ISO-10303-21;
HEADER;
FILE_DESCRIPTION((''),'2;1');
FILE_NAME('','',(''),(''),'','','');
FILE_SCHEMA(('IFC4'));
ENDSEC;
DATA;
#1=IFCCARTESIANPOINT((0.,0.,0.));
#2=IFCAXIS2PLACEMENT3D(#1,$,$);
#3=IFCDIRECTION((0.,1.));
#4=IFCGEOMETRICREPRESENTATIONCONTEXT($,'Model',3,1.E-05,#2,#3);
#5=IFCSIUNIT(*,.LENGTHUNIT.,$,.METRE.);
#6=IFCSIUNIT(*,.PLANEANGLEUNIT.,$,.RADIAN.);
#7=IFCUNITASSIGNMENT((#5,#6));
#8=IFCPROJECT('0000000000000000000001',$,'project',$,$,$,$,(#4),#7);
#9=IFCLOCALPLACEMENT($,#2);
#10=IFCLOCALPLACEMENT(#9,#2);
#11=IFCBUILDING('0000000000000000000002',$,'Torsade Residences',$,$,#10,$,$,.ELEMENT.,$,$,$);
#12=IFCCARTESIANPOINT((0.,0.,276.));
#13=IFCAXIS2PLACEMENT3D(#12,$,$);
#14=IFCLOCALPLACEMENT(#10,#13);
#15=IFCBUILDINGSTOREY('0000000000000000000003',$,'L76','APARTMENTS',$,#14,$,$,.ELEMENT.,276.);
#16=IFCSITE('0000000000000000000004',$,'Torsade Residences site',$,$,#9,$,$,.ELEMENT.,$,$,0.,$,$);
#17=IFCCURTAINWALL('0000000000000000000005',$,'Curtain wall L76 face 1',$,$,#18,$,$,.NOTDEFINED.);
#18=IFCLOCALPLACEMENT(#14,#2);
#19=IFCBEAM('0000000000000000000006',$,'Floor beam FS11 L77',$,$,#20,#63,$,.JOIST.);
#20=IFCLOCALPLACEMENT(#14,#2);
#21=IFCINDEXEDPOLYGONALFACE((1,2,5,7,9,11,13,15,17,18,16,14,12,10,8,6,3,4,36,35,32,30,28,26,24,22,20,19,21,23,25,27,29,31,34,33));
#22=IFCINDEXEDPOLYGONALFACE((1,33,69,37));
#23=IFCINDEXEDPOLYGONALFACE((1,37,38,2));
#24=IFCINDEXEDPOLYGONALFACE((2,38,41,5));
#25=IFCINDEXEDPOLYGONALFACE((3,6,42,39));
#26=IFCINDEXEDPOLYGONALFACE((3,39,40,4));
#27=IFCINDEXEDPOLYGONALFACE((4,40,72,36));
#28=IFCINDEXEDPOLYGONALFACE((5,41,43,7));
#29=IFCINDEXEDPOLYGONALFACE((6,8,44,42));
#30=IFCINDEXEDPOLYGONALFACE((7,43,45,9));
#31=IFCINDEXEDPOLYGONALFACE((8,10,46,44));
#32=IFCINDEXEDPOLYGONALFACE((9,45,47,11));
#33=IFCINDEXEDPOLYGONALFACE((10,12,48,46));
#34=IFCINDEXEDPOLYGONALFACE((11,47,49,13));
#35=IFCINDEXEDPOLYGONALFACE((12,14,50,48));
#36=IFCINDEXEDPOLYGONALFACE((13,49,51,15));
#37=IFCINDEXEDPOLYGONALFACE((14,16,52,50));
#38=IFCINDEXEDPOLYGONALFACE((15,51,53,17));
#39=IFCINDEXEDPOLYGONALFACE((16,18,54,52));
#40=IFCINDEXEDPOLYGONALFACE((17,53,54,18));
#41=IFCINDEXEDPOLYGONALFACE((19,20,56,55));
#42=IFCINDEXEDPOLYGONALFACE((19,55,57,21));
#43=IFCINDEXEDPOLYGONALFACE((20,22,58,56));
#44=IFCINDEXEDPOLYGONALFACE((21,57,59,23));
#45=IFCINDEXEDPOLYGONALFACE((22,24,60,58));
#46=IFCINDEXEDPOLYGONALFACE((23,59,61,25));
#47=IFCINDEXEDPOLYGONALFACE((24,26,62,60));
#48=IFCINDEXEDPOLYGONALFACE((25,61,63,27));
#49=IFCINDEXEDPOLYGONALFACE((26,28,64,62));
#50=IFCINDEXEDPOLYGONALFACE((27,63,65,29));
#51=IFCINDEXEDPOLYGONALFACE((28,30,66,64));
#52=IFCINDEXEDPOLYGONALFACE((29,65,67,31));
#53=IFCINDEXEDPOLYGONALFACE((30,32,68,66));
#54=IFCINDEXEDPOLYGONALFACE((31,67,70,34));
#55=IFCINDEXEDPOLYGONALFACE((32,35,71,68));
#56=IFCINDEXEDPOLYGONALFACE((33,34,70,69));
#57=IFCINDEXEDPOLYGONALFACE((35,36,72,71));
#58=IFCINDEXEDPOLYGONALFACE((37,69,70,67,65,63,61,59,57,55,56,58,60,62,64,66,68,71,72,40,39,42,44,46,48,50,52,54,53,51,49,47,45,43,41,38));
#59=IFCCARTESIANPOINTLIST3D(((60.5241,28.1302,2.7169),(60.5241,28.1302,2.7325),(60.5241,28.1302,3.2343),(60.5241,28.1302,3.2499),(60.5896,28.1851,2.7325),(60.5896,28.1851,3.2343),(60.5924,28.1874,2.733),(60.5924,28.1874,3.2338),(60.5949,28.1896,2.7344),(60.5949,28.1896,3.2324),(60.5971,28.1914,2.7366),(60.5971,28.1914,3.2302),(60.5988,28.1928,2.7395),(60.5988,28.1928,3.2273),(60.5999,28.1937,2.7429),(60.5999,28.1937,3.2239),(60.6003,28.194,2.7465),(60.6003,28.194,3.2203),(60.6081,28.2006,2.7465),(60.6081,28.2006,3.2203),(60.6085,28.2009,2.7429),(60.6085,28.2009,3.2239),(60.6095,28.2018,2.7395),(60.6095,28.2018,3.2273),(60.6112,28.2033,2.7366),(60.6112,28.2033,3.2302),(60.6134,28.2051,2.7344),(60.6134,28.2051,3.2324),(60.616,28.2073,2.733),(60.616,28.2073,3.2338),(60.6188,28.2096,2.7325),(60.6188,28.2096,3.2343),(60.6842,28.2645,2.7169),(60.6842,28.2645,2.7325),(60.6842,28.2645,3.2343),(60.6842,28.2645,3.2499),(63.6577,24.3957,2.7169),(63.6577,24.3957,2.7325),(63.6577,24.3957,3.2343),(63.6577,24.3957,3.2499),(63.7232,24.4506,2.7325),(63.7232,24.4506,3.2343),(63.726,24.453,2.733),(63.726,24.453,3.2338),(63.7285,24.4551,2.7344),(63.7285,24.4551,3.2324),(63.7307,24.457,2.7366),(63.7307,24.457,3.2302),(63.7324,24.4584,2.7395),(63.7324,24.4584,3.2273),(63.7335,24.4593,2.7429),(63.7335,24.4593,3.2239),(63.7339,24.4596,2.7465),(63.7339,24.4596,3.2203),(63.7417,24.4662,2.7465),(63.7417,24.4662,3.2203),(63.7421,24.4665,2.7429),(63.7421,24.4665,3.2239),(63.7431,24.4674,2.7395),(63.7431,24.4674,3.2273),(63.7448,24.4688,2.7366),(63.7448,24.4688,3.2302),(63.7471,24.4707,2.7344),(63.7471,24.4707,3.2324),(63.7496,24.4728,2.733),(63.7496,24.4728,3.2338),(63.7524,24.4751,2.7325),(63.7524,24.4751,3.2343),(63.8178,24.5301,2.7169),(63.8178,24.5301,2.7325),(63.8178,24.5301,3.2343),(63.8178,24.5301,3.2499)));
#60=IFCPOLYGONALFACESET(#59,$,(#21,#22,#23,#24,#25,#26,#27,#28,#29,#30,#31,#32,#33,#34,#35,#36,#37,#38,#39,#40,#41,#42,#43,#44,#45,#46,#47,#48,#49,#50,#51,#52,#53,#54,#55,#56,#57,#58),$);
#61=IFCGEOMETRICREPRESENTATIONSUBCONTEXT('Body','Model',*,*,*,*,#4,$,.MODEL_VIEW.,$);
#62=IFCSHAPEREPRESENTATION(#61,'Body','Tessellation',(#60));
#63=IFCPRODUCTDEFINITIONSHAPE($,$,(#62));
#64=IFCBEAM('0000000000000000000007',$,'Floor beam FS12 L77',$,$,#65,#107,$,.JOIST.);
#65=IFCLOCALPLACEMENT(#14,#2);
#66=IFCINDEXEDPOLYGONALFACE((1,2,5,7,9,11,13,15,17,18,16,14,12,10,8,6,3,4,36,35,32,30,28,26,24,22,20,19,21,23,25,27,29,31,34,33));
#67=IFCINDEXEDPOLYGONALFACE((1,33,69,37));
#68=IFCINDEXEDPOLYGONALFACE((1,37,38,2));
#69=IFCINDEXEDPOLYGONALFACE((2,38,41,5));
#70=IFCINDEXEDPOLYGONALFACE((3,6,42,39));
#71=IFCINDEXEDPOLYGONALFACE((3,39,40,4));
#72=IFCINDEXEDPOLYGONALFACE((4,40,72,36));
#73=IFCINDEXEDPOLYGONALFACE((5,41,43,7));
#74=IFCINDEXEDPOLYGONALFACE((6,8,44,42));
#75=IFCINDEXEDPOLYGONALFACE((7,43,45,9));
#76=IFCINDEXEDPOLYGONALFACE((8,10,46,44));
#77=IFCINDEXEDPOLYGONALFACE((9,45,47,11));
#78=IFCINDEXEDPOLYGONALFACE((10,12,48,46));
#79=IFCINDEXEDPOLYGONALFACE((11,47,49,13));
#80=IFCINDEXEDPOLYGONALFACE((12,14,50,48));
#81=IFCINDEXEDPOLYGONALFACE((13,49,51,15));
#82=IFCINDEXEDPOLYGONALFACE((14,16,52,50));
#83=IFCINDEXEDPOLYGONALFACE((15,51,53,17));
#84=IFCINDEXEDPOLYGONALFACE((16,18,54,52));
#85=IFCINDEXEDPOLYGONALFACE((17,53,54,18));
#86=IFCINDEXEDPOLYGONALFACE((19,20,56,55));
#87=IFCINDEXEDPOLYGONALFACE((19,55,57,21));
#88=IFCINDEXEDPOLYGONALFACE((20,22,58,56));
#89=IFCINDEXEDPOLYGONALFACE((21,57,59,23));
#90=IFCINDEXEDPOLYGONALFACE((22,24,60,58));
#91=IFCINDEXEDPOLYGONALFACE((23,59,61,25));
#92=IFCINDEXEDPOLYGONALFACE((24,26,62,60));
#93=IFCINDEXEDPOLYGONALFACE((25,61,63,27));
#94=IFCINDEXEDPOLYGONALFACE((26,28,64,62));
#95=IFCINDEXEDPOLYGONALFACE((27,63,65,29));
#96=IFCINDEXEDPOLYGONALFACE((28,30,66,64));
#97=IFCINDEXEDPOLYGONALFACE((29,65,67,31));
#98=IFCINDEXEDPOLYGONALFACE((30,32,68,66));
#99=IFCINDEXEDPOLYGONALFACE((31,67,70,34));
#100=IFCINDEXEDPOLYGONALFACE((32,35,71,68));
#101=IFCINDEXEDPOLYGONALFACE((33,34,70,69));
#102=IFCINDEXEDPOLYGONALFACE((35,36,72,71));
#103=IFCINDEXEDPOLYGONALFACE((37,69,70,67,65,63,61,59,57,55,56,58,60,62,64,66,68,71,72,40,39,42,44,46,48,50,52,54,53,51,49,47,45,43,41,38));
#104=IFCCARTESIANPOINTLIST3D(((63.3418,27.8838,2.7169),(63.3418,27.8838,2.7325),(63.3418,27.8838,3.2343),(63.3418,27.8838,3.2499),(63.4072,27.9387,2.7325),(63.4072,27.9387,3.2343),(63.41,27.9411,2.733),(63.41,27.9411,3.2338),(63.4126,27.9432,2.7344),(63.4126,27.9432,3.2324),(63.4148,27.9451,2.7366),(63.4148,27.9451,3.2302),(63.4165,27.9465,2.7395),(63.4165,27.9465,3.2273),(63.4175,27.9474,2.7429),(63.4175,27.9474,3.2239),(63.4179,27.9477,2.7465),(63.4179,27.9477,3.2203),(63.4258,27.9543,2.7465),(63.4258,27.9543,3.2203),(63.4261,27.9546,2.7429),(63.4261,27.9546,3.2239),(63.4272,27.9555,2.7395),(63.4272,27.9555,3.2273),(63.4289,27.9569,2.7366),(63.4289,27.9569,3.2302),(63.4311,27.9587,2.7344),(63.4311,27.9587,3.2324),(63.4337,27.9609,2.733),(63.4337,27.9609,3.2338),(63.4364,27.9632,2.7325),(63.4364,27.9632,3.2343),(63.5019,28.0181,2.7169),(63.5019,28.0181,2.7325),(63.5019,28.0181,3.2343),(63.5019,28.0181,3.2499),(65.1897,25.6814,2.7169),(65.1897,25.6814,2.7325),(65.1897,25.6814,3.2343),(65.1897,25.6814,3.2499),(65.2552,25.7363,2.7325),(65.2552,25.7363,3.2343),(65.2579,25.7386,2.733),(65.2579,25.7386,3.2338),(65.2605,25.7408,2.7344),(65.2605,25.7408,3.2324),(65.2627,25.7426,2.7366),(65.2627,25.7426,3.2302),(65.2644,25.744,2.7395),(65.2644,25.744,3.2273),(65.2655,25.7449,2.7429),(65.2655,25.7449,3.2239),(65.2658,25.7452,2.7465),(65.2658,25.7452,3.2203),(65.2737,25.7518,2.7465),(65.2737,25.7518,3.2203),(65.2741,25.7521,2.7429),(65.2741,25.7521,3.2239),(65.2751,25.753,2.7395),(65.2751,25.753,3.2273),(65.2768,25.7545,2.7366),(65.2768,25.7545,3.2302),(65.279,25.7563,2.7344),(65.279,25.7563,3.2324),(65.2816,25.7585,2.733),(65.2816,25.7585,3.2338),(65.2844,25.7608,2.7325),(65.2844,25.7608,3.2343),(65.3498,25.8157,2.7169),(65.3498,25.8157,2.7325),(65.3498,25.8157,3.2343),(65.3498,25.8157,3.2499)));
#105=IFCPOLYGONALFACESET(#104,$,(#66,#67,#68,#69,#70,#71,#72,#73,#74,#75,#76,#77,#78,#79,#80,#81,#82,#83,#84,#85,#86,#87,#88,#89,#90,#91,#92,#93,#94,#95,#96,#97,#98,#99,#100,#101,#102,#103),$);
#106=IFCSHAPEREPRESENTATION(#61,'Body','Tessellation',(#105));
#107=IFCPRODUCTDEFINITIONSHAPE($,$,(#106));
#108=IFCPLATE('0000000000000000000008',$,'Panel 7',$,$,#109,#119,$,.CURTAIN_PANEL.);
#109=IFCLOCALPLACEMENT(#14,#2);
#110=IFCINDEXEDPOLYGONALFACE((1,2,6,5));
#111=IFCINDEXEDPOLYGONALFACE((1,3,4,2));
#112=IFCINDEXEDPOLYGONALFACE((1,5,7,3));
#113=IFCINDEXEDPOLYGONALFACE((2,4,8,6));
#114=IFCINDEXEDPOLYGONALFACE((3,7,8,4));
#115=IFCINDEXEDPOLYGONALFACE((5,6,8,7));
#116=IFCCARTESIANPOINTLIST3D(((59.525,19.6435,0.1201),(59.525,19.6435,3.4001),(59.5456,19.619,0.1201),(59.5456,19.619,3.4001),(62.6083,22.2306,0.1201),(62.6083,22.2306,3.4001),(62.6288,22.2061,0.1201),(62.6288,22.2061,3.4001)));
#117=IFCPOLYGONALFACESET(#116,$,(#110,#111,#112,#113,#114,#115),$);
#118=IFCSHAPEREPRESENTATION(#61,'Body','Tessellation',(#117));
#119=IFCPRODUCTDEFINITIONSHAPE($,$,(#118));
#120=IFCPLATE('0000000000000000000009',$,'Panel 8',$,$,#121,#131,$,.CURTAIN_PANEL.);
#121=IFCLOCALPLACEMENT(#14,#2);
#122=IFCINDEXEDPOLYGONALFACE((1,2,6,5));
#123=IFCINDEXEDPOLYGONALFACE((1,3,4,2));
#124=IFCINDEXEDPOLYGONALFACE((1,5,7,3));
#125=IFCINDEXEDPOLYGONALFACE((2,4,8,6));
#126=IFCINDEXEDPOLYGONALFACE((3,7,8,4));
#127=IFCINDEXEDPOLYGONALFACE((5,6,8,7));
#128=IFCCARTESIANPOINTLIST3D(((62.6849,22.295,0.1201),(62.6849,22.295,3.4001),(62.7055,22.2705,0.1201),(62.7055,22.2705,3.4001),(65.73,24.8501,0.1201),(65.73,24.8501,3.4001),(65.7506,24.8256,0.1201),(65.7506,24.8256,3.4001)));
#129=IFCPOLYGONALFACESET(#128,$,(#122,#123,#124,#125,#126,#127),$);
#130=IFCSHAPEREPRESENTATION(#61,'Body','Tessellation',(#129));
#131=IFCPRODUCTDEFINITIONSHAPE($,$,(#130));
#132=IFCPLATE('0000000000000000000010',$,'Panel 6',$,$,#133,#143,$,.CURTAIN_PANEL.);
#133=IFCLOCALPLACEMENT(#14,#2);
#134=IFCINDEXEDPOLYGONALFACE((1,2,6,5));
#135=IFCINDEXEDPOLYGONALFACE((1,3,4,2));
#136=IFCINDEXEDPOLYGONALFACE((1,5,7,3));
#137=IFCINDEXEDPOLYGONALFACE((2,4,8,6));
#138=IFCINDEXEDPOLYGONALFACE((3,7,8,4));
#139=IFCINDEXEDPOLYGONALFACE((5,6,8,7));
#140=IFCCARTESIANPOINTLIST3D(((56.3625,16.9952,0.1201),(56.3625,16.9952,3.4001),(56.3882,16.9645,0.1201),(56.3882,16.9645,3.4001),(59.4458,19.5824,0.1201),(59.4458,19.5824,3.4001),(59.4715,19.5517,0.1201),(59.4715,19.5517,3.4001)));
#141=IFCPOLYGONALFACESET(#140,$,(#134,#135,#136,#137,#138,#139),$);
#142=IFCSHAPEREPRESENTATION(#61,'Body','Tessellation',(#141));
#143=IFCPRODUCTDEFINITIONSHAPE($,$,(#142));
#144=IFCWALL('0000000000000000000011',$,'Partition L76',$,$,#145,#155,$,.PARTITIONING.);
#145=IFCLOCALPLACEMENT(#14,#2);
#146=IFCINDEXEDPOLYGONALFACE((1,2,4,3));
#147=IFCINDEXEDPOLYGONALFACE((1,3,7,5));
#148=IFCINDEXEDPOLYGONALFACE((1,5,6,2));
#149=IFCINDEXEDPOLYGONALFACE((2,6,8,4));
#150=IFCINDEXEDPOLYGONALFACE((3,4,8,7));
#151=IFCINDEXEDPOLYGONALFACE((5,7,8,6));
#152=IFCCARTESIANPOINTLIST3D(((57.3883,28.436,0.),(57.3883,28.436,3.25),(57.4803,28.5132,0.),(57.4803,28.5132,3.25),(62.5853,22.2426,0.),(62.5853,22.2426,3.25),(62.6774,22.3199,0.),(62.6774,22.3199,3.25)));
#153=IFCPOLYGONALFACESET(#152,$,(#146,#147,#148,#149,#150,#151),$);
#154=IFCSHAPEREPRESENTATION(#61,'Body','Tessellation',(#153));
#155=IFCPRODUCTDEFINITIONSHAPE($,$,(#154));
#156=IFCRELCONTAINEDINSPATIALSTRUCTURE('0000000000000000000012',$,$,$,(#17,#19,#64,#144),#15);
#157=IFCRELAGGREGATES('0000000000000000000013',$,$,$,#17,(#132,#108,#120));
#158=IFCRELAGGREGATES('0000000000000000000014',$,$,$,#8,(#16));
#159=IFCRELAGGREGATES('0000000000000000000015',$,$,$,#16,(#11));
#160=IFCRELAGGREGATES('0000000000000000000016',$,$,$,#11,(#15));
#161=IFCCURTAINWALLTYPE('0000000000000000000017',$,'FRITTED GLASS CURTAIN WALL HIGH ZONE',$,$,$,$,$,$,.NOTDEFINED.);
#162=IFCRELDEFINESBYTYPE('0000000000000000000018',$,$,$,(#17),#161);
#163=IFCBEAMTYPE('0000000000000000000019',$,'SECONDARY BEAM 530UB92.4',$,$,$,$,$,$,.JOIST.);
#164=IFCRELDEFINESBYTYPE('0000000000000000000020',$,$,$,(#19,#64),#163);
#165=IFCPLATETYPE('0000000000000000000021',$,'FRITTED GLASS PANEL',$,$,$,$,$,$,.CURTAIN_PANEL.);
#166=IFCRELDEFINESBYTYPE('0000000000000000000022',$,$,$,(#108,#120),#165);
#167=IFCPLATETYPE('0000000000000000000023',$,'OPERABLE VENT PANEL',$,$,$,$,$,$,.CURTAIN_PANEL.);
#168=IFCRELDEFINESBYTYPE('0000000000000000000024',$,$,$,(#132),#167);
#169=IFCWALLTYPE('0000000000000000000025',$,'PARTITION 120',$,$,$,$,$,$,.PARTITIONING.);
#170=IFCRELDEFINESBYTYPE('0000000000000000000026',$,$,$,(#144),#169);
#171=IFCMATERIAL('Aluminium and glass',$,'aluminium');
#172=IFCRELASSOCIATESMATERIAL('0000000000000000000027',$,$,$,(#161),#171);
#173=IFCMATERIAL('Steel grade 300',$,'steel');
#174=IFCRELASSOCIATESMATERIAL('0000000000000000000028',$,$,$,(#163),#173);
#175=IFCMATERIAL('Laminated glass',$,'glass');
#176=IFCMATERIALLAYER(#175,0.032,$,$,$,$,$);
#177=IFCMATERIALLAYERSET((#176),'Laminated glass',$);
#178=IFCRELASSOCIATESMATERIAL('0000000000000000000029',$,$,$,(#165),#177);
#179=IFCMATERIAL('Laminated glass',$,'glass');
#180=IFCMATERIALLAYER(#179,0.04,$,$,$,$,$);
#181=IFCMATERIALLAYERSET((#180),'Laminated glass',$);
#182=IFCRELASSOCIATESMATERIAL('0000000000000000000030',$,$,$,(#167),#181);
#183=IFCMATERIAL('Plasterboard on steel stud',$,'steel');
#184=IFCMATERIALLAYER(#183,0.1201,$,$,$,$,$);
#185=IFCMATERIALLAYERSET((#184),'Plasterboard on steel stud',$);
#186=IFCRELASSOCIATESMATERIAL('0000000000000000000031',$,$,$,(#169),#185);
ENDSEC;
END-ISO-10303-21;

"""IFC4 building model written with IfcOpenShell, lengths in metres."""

from ifc_helpers import new_model, si_unit, direction, frame, frame_2d, origin, origin_2d, place, context, subcontext, project, spatial, rectangle, i_section, extrude, material, layer, layer_set, material_profile, profile_set, type_object, element, aggregate, save


model = new_model("IFC4")

# Units and contexts
model_context = context("Model", 3, precision=1e-05, world=origin(), true_north=direction((0.0, 1.0)))
body_context = subcontext(model_context, "Body", "Model", "MODEL_VIEW")
ifc_project = project(units=[si_unit("LENGTHUNIT", "METRE"), si_unit("PLANEANGLEUNIT", "RADIAN")], contexts=[model_context])

# Site, building, storey
site_placement = place(None, origin())
site = spatial("IfcSite", under=ifc_project, at=site_placement, Name="Torsade Residences site", CompositionType="ELEMENT", RefElevation=0.0)
building_placement = place(site_placement, origin())
building = spatial("IfcBuilding", under=site, at=building_placement, Name="Torsade Residences", CompositionType="ELEMENT")
storey_placement = place(building_placement, frame((0.0, 0.0, 276.0)))
storey = spatial("IfcBuildingStorey", under=building, at=storey_placement, Name="L76", Description="APARTMENTS", CompositionType="ELEMENT", Elevation=276.0)

# Curtain wall
ifc_material_1 = material(Name="Aluminium and glass", Category="aluminium")
curtain_wall_type = type_object("IfcCurtainWallType", Name="FRITTED GLASS CURTAIN WALL HIGH ZONE", PredefinedType="NOTDEFINED", material=ifc_material_1)
curtain_wall_placement = place(storey_placement, origin())
curtain_wall = element("IfcCurtainWall", 1, at=curtain_wall_placement, inside=storey, type_object=curtain_wall_type, Name="Curtain wall L76 face 1", PredefinedType="NOTDEFINED")

# Beams
ifc_material_2 = material(Name="Steel grade 300", Category="steel")
ifc_material_profile_1 = material_profile(ifc_material_2, i_section(OverallWidth=0.209, OverallDepth=0.533, WebThickness=0.0103, FlangeThickness=0.0156, FilletRadius=0.0139, at=origin_2d()), Name="530UB92.4")
ifc_profile_set_1 = profile_set([ifc_material_profile_1], Name="Steel grade 300")
beam_type_1 = type_object("IfcBeamType", Name="SECONDARY BEAM 530UB92.4", PredefinedType="JOIST", material=ifc_profile_set_1)
beam_1_placement = place(storey_placement, frame((63.7378, 24.4629, 2.9834), z_axis=(-0.642791, 0.766041, 0.0), x_axis=(-0.766041, -0.642791, 0.0)))
element("IfcBeam", 2, at=beam_1_placement, inside=storey, type_object=beam_type_1, Name="Floor beam FS11 L77", PredefinedType="JOIST", context=body_context, shape_type="SweptSolid", body=[
    extrude(i_section(OverallWidth=0.209, OverallDepth=0.533, WebThickness=0.0103, FlangeThickness=0.0156, FilletRadius=0.0139, at=origin_2d()), origin(), (0.0, 0.0, 1.0), 4.875),
])
beam_2_placement = place(storey_placement, frame((65.2698, 25.7485, 2.9834), z_axis=(-0.642762, 0.766066, 0.0), x_axis=(-0.766066, -0.642762, 0.0)))
element("IfcBeam", 3, at=beam_2_placement, inside=storey, type_object=beam_type_1, Name="Floor beam FS12 L77", PredefinedType="JOIST", context=body_context, shape_type="SweptSolid", body=[
    extrude(i_section(OverallWidth=0.209, OverallDepth=0.533, WebThickness=0.0103, FlangeThickness=0.0156, FilletRadius=0.0139, at=origin_2d()), origin(), (0.0, 0.0, 1.0), 2.875),
])

# Plates
ifc_material_3 = material(Name="Laminated glass", Category="glass")
ifc_layer_1 = layer(ifc_material_3, 0.032)
ifc_layer_set_1 = layer_set([ifc_layer_1], Name="Laminated glass")
plate_type_1 = type_object("IfcPlateType", Name="FRITTED GLASS PANEL", PredefinedType="CURTAIN_PANEL", material=ifc_layer_set_1)
plate_1_placement = place(storey_placement, frame((61.0769, 20.9248, 0.1201), z_axis=(0.0, 0.0, 1.0), x_axis=(0.766044, 0.642788, 0.0)))
plate_1 = element("IfcPlate", 4, at=plate_1_placement, type_object=plate_type_1, Name="Panel 7", PredefinedType="CURTAIN_PANEL", context=body_context, shape_type="SweptSolid", body=[
    extrude(rectangle(XDim=4.0249, YDim=0.032, at=origin_2d()), origin(), (0.0, 0.0, 1.0), 3.28),
])
plate_2_placement = place(storey_placement, frame((64.2178, 23.5603, 0.1201), z_axis=(0.0, 0.0, 1.0), x_axis=(0.766044, 0.642788, 0.0)))
plate_2 = element("IfcPlate", 5, at=plate_2_placement, type_object=plate_type_1, Name="Panel 8", PredefinedType="CURTAIN_PANEL", context=body_context, shape_type="SweptSolid", body=[
    extrude(rectangle(XDim=3.9751, YDim=0.032, at=origin_2d()), origin(), (0.0, 0.0, 1.0), 3.28),
])
ifc_material_4 = material(Name="Laminated glass", Category="glass")
ifc_layer_2 = layer(ifc_material_4, 0.04)
ifc_layer_set_2 = layer_set([ifc_layer_2], Name="Laminated glass")
plate_type_2 = type_object("IfcPlateType", Name="OPERABLE VENT PANEL", PredefinedType="CURTAIN_PANEL", material=ifc_layer_set_2)
plate_3_placement = place(storey_placement, frame((57.917, 18.2734, 0.1201), z_axis=(0.0, 0.0, 1.0), x_axis=(0.766044, 0.642788, 0.0)))
plate_3 = element("IfcPlate", 6, at=plate_3_placement, type_object=plate_type_2, Name="Panel 6", PredefinedType="CURTAIN_PANEL", context=body_context, shape_type="SweptSolid", body=[
    extrude(rectangle(XDim=4.0249, YDim=0.04, at=origin_2d()), origin(), (0.0, 0.0, 1.0), 3.28),
])
aggregate(curtain_wall, [plate_3, plate_1, plate_2])

# Wall
ifc_material_5 = material(Name="Plasterboard on steel stud", Category="steel")
ifc_layer_3 = layer(ifc_material_5, 0.1201)
ifc_layer_set_3 = layer_set([ifc_layer_3], Name="Plasterboard on steel stud")
wall_type_1 = type_object("IfcWallType", Name="PARTITION 120", PredefinedType="PARTITIONING", material=ifc_layer_set_3)
wall_1_placement = place(storey_placement, frame((62.6313, 22.2812, 0.0), z_axis=(0.0, 0.0, 1.0), x_axis=(-0.6428, 0.766034, 0.0)))
element("IfcWall", 7, at=wall_1_placement, inside=storey, type_object=wall_type_1, Name="Partition L76", PredefinedType="PARTITIONING", context=body_context, shape_type="SweptSolid", body=[
    extrude(rectangle(XDim=8.085, YDim=0.1201, at=frame_2d((4.0425, 0.0))), origin(), (0.0, 0.0, 1.0), 3.25),
])

save(model, "model.ifc")
